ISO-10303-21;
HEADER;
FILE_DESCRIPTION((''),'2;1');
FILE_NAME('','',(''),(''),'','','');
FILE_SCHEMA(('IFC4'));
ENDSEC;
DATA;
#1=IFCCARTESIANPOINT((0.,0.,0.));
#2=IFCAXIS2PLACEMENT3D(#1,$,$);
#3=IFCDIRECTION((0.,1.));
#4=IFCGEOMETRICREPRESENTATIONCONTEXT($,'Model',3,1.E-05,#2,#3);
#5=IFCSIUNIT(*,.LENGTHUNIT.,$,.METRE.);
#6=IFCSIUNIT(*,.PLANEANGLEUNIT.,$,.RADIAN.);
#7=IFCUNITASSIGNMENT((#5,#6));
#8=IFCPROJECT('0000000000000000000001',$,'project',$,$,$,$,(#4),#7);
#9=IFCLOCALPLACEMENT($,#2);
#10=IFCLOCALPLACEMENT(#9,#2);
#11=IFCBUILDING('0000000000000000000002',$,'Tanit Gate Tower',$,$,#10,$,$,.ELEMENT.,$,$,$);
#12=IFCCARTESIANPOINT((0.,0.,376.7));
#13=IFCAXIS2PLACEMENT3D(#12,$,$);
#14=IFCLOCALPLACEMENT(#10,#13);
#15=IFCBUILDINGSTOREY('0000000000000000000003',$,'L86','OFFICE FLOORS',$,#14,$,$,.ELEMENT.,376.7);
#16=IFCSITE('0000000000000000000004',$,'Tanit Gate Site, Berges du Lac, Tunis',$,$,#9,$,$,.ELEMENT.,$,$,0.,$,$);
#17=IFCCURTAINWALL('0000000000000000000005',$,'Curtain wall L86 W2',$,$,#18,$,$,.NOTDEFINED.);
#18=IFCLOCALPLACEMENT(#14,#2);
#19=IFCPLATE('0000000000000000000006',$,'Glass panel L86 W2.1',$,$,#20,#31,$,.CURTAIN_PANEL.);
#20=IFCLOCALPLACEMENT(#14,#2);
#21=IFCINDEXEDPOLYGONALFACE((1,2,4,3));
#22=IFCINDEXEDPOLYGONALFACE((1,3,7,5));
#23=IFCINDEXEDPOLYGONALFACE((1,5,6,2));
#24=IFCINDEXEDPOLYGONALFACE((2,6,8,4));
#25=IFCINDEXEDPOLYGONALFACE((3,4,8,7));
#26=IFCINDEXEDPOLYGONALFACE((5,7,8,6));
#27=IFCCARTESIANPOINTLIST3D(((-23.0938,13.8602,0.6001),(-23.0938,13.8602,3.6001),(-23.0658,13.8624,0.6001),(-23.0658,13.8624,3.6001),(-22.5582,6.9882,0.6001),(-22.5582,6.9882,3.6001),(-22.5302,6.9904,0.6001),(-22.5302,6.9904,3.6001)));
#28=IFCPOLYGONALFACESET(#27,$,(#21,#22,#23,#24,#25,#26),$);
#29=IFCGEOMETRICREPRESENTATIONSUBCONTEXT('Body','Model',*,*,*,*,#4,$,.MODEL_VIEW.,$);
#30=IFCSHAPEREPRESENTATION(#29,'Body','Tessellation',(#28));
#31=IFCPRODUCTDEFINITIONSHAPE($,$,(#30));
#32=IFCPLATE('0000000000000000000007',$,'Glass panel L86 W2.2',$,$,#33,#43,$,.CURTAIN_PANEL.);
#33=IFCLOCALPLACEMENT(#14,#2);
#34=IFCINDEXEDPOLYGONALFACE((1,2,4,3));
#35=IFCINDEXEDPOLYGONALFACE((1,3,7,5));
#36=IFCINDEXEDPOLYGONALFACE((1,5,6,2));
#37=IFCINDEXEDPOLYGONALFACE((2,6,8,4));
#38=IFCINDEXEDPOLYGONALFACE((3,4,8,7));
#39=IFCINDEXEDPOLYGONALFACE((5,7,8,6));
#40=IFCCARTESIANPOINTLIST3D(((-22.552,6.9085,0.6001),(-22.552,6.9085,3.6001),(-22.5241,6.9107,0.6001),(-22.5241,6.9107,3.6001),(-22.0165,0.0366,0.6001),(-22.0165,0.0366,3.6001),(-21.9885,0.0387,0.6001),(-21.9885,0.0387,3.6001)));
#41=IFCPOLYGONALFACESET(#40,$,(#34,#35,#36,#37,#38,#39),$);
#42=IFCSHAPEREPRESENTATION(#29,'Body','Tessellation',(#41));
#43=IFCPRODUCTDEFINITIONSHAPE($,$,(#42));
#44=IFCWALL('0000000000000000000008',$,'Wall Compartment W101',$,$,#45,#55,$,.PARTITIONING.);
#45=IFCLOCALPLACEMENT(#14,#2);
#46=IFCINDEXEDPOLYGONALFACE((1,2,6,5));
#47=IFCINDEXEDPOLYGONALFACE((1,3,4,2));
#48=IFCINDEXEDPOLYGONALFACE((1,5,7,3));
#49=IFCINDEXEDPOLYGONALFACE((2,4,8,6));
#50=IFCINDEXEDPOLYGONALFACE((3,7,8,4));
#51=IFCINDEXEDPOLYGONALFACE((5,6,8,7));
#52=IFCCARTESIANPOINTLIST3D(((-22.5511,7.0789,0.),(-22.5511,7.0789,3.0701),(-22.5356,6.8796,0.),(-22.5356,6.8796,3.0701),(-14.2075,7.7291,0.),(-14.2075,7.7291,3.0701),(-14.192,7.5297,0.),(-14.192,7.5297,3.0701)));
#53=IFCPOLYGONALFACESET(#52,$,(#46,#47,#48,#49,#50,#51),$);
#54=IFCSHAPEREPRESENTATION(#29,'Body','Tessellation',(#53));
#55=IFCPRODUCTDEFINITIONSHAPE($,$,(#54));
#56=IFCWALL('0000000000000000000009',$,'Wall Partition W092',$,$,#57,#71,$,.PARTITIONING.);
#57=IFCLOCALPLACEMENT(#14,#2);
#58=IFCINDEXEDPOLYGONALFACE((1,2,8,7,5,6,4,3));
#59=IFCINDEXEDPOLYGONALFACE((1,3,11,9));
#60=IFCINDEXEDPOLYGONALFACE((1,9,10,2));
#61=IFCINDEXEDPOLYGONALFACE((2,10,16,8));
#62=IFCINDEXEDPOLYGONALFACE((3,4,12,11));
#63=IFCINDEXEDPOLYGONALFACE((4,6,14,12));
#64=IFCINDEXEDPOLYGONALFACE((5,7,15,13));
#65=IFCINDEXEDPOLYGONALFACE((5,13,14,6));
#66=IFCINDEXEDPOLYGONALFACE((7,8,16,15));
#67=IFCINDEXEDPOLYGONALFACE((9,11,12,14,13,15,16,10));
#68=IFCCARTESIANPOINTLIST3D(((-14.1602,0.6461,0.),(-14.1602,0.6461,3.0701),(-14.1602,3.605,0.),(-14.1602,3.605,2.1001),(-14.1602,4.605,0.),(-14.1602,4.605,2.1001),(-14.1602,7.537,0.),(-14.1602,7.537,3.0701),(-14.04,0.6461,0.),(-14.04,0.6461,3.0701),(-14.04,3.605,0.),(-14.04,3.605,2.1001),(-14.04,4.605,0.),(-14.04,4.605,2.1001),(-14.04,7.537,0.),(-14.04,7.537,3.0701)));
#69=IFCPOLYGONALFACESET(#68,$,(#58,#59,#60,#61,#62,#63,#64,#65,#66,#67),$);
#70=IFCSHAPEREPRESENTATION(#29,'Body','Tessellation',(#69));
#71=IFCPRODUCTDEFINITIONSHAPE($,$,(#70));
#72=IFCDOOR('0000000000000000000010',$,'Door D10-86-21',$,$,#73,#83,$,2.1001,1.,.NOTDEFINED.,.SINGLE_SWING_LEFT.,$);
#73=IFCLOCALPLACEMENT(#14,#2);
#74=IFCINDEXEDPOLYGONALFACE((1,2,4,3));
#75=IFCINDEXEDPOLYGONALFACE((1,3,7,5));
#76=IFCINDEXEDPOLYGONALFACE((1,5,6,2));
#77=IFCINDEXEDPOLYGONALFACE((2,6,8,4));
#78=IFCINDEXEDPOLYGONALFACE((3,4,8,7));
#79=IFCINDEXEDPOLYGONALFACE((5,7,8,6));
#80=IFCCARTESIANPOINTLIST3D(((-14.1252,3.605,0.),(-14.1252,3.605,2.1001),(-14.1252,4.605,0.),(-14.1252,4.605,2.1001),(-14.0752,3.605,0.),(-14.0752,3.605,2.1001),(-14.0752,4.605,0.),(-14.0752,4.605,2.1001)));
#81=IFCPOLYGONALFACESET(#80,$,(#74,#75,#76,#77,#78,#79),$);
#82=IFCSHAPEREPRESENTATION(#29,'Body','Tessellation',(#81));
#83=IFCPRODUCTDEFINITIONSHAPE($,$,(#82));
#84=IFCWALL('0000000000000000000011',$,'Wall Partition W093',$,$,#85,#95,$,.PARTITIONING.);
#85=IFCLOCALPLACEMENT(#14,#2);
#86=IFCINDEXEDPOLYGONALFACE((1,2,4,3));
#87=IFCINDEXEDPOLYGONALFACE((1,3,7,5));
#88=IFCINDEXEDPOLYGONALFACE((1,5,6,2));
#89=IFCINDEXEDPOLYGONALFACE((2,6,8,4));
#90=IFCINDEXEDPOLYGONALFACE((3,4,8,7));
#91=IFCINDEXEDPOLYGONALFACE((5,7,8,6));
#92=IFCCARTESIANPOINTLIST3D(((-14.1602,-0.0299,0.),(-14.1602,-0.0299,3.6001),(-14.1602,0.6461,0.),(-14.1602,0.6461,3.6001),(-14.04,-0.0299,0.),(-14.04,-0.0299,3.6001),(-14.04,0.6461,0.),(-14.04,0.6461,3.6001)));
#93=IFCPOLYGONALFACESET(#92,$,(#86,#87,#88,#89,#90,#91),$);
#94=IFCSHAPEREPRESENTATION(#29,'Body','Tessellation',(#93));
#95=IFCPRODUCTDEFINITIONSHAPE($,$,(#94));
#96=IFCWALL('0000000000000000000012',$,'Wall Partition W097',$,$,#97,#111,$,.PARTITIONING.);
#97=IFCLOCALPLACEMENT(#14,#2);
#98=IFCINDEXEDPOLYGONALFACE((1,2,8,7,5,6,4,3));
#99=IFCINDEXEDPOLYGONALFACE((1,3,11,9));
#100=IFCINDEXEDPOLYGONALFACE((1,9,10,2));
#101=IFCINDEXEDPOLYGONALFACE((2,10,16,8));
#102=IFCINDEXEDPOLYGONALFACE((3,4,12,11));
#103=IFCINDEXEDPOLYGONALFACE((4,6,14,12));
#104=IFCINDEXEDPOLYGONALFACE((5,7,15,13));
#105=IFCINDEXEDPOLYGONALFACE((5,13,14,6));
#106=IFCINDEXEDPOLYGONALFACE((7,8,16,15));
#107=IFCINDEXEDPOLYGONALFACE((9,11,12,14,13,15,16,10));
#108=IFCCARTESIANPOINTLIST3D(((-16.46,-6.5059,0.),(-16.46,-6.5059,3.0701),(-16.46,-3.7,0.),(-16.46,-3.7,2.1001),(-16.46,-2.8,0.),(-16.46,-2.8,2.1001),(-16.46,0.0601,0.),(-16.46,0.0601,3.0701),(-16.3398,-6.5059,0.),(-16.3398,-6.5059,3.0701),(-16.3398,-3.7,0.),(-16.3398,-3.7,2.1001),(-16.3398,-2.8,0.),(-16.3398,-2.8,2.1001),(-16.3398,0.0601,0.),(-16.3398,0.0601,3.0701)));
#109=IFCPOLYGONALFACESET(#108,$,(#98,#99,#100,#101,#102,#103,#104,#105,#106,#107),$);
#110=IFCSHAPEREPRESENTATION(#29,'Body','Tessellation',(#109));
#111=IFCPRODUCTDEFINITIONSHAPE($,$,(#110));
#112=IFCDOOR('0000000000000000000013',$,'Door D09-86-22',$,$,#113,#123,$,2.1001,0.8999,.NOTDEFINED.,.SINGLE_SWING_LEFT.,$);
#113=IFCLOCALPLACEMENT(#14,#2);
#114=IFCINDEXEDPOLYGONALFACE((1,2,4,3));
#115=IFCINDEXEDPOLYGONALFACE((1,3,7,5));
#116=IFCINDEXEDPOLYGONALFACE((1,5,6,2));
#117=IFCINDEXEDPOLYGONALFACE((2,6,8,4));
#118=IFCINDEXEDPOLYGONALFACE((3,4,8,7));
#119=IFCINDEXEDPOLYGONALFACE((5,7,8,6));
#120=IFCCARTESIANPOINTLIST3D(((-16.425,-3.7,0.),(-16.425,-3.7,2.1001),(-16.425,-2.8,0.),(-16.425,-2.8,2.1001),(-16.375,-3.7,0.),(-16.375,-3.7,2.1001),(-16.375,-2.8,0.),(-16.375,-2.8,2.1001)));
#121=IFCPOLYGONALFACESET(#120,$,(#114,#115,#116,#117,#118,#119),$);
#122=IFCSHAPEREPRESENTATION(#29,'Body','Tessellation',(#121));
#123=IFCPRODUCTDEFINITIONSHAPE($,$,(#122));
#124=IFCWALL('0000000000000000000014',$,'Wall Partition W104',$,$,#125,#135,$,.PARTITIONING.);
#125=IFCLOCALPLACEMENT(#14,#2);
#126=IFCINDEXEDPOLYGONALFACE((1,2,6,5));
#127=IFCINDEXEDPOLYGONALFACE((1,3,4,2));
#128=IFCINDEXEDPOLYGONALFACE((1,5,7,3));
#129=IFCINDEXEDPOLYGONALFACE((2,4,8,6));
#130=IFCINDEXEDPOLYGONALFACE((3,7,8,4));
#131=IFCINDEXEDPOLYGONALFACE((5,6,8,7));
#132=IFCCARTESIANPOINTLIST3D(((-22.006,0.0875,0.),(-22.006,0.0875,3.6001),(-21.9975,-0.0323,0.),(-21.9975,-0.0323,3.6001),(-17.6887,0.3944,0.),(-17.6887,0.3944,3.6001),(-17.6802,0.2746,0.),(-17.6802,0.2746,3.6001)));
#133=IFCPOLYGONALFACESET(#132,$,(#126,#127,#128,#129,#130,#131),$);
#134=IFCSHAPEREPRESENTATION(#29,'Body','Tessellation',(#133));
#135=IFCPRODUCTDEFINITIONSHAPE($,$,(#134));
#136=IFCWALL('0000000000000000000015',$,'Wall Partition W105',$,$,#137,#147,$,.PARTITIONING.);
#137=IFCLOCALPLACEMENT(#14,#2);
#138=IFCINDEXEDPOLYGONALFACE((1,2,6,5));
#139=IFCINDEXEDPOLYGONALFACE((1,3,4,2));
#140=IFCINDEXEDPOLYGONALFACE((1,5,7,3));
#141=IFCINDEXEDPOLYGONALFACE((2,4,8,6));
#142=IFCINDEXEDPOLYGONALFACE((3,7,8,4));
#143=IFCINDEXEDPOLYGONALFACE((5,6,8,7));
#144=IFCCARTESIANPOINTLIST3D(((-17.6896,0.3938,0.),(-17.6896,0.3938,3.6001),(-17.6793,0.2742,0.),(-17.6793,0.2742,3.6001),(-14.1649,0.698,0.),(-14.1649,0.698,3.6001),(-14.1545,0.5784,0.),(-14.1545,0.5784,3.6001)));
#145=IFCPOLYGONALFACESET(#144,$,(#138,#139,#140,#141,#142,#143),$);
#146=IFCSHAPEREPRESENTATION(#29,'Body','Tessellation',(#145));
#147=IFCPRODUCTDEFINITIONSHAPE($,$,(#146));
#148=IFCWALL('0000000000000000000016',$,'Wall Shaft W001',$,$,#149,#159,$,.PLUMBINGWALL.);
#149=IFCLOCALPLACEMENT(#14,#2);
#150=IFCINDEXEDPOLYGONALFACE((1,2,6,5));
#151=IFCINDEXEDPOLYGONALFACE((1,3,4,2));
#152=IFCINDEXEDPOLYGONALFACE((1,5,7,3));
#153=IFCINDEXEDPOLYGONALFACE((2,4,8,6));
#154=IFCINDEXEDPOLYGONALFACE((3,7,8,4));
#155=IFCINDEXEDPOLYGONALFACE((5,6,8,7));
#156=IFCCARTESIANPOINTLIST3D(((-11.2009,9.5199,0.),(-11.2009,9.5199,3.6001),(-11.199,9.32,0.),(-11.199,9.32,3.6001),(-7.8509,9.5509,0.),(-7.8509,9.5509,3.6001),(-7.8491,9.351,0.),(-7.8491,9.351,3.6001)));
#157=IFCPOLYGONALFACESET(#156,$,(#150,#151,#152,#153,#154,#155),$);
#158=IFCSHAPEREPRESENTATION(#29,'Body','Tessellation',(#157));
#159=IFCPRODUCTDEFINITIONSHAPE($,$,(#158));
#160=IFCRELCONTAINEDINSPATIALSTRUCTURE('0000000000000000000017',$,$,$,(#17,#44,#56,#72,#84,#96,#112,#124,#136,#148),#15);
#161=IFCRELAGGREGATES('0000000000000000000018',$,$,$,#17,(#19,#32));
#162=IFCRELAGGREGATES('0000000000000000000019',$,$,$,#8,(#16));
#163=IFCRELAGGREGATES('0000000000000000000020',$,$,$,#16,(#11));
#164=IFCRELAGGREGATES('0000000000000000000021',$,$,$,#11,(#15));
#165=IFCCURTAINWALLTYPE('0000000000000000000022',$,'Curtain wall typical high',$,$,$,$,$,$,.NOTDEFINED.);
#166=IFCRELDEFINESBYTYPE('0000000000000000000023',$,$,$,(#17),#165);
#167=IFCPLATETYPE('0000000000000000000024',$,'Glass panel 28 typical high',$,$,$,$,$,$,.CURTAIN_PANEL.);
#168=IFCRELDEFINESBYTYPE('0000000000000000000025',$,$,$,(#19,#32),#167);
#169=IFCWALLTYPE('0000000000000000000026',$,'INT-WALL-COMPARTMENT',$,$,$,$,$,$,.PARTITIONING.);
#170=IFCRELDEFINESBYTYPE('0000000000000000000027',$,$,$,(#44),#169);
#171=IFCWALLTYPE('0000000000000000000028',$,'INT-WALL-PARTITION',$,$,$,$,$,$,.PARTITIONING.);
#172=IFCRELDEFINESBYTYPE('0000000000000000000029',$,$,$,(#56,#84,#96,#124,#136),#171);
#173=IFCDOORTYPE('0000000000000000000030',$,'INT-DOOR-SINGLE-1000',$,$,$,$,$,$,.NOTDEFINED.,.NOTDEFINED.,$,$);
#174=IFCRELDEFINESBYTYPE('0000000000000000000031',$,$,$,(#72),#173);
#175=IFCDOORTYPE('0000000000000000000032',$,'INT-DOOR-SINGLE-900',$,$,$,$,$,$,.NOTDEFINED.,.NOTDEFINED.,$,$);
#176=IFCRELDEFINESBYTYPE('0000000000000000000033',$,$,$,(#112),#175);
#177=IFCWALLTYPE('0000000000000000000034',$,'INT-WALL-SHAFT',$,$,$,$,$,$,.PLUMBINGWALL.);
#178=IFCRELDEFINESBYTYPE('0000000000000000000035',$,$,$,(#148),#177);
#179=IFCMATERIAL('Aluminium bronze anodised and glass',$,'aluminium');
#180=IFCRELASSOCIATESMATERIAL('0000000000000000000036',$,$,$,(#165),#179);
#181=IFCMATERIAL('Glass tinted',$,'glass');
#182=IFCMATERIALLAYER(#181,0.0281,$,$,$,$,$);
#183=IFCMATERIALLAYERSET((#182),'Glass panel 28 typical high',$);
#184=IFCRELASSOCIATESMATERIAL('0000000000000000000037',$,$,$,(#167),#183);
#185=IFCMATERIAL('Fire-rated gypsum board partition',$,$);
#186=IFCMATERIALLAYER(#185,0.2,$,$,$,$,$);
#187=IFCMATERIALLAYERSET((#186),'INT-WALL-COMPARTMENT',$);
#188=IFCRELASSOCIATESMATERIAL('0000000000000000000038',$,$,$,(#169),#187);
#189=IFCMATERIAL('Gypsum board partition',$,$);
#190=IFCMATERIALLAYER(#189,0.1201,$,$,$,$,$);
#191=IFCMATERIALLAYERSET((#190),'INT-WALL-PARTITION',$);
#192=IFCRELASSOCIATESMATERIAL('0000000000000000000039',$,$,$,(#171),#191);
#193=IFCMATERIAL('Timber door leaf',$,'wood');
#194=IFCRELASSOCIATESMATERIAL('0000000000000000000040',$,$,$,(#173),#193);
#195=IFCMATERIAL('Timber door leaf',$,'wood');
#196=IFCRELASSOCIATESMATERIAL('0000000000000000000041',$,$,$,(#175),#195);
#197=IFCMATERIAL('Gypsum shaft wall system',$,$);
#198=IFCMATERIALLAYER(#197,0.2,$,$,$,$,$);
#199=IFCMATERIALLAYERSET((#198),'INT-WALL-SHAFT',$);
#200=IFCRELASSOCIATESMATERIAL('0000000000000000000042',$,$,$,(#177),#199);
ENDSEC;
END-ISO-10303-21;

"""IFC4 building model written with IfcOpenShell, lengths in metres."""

from ifc_helpers import new_model, si_unit, direction, frame, frame_2d, origin, origin_2d, place, context, subcontext, project, spatial, rectangle, extrude, material, layer, layer_set, type_object, element, fill, aggregate, save


model = new_model("IFC4")

# Units and contexts
model_context = context("Model", 3, precision=1e-05, world=origin(), true_north=direction((0.0, 1.0)))
body_context = subcontext(model_context, "Body", "Model", "MODEL_VIEW")
ifc_project = project(units=[si_unit("LENGTHUNIT", "METRE"), si_unit("PLANEANGLEUNIT", "RADIAN")], contexts=[model_context])

# Site, building, storey
site_placement = place(None, origin())
site = spatial("IfcSite", under=ifc_project, at=site_placement, Name="Tanit Gate Site, Berges du Lac, Tunis", CompositionType="ELEMENT", RefElevation=0.0)
building_placement = place(site_placement, origin())
building = spatial("IfcBuilding", under=site, at=building_placement, Name="Tanit Gate Tower", CompositionType="ELEMENT")
storey_placement = place(building_placement, frame((0.0, 0.0, 376.7)))
storey = spatial("IfcBuildingStorey", under=building, at=storey_placement, Name="L86", Description="OFFICE FLOORS", CompositionType="ELEMENT", Elevation=376.7)

# Curtain wall
ifc_material_1 = material(Name="Aluminium bronze anodised and glass", Category="aluminium")
curtain_wall_type = type_object("IfcCurtainWallType", Name="Curtain wall typical high", PredefinedType="NOTDEFINED", material=ifc_material_1)
curtain_wall_1_placement = place(storey_placement, origin())
curtain_wall_1 = element("IfcCurtainWall", 1, at=curtain_wall_1_placement, inside=storey, type_object=curtain_wall_type, Name="Curtain wall L86 W2", PredefinedType="NOTDEFINED")

# Plates
ifc_material_2 = material(Name="Glass tinted", Category="glass")
ifc_layer_1 = layer(ifc_material_2, 0.0281)
ifc_layer_set_1 = layer_set([ifc_layer_1], Name="Glass panel 28 typical high")
plate_type = type_object("IfcPlateType", Name="Glass panel 28 typical high", PredefinedType="CURTAIN_PANEL", material=ifc_layer_set_1)
plate_1_placement = place(storey_placement, frame((-22.812, 10.4253, 0.6001), z_axis=(0.0, 0.0, 1.0), x_axis=(0.077701, -0.996977, 0.0)))
plate_1 = element("IfcPlate", 2, at=plate_1_placement, type_object=plate_type, Name="Glass panel L86 W2.1", PredefinedType="CURTAIN_PANEL", context=body_context, shape_type="SweptSolid", body=[
    extrude(rectangle(XDim=6.8928, YDim=0.0281, at=origin_2d()), origin(), (0.0, 0.0, 1.0), 3.0),
])
plate_2_placement = place(storey_placement, frame((-22.2703, 3.4736, 0.6001), z_axis=(0.0, 0.0, 1.0), x_axis=(0.077701, -0.996977, 0.0)))
plate_2 = element("IfcPlate", 3, at=plate_2_placement, type_object=plate_type, Name="Glass panel L86 W2.2", PredefinedType="CURTAIN_PANEL", context=body_context, shape_type="SweptSolid", body=[
    extrude(rectangle(XDim=6.8928, YDim=0.0281, at=origin_2d()), origin(), (0.0, 0.0, 1.0), 3.0),
])
aggregate(curtain_wall_1, [plate_1, plate_2])

# Wall
ifc_material_3 = material(Name="Fire-rated gypsum board partition")
ifc_layer_2 = layer(ifc_material_3, 0.2)
ifc_layer_set_2 = layer_set([ifc_layer_2], Name="INT-WALL-COMPARTMENT")
wall_type_1 = type_object("IfcWallType", Name="INT-WALL-COMPARTMENT", PredefinedType="PARTITIONING", material=ifc_layer_set_2)
wall_1_placement = place(storey_placement, frame((-22.5435, 6.9792, 0.0), z_axis=(0.0, 0.0, 1.0), x_axis=(0.996978, 0.077687, 0.0)))
element("IfcWall", 4, at=wall_1_placement, inside=storey, type_object=wall_type_1, Name="Wall Compartment W101", PredefinedType="PARTITIONING", context=body_context, shape_type="SweptSolid", body=[
    extrude(rectangle(XDim=8.3689, YDim=0.2, at=frame_2d((4.1846, 0.0))), origin(), (0.0, 0.0, 1.0), 3.0701),
])

# Wall, opening, door
ifc_material_4 = material(Name="Gypsum board partition")
ifc_layer_3 = layer(ifc_material_4, 0.1201)
ifc_layer_set_3 = layer_set([ifc_layer_3], Name="INT-WALL-PARTITION")
wall_type_2 = type_object("IfcWallType", Name="INT-WALL-PARTITION", PredefinedType="PARTITIONING", material=ifc_layer_set_3)
wall_2_placement = place(storey_placement, frame((-14.1001, 7.5369, 0.0), z_axis=(0.0, 0.0, 1.0), x_axis=(0.0, -1.0, 0.0)))
wall_2 = element("IfcWall", 5, at=wall_2_placement, inside=storey, type_object=wall_type_2, Name="Wall Partition W092", PredefinedType="PARTITIONING", context=body_context, shape_type="SweptSolid", body=[
    extrude(rectangle(XDim=6.8909, YDim=0.1201, at=frame_2d((3.4453, 0.0))), origin(), (0.0, 0.0, 1.0), 3.0701),
])
opening_1_placement = place(wall_2_placement, frame((2.9319, 0.0, 0.0)))
opening_1 = element("IfcOpeningElement", 6, at=opening_1_placement, cuts=wall_2, PredefinedType="OPENING", context=body_context, shape_type="SweptSolid", body=[
    extrude(rectangle(XDim=1.0, YDim=2.1001, at=frame_2d((0.5, 1.05))), frame((0.0, 0.0701, 0.0), z_axis=(0.0, -1.0, 0.0), x_axis=(1.0, 0.0, 0.0)), (0.0, 0.0, 1.0), 0.1401),
])
ifc_material_5 = material(Name="Timber door leaf", Category="wood")
door_type_1 = type_object("IfcDoorType", Name="INT-DOOR-SINGLE-1000", OperationType="NOTDEFINED", PredefinedType="NOTDEFINED", material=ifc_material_5)
door_1_placement = place(opening_1_placement, origin())
door_1 = element("IfcDoor", 7, at=door_1_placement, inside=storey, type_object=door_type_1, Name="Door D10-86-21", OperationType="SINGLE_SWING_LEFT", OverallHeight=2.1001, OverallWidth=1.0, PredefinedType="NOTDEFINED", context=body_context, shape_type="SweptSolid", body=[
    extrude(rectangle(XDim=1.0, YDim=2.1001, at=frame_2d((0.5, 1.05))), frame((0.0, 0.0249, 0.0), z_axis=(0.0, -1.0, 0.0), x_axis=(1.0, 0.0, 0.0)), (0.0, 0.0, 1.0), 0.05),
])
fill(opening_1, door_1)

# Wall
wall_3_placement = place(storey_placement, frame((-14.1001, 0.646, 0.0), z_axis=(0.0, 0.0, 1.0), x_axis=(0.0, -1.0, 0.0)))
element("IfcWall", 8, at=wall_3_placement, inside=storey, type_object=wall_type_2, Name="Wall Partition W093", PredefinedType="PARTITIONING", context=body_context, shape_type="SweptSolid", body=[
    extrude(rectangle(XDim=0.676, YDim=0.1201, at=frame_2d((0.3379, 0.0))), origin(), (0.0, 0.0, 1.0), 3.6001),
])

# Wall, opening, door
wall_4_placement = place(storey_placement, frame((-16.3999, 0.0601, 0.0), z_axis=(0.0, 0.0, 1.0), x_axis=(0.0, -1.0, 0.0)))
wall_4 = element("IfcWall", 9, at=wall_4_placement, inside=storey, type_object=wall_type_2, Name="Wall Partition W097", PredefinedType="PARTITIONING", context=body_context, shape_type="SweptSolid", body=[
    extrude(rectangle(XDim=6.5659, YDim=0.1201, at=frame_2d((3.283, 0.0))), origin(), (0.0, 0.0, 1.0), 3.0701),
])
opening_2_placement = place(wall_4_placement, frame((2.8601, 0.0, 0.0)))
opening_2 = element("IfcOpeningElement", 10, at=opening_2_placement, cuts=wall_4, PredefinedType="OPENING", context=body_context, shape_type="SweptSolid", body=[
    extrude(rectangle(XDim=0.8999, YDim=2.1001, at=frame_2d((0.45, 1.05))), frame((0.0, 0.0701, 0.0), z_axis=(0.0, -1.0, 0.0), x_axis=(1.0, 0.0, 0.0)), (0.0, 0.0, 1.0), 0.1401),
])
ifc_material_6 = material(Name="Timber door leaf", Category="wood")
door_type_2 = type_object("IfcDoorType", Name="INT-DOOR-SINGLE-900", OperationType="NOTDEFINED", PredefinedType="NOTDEFINED", material=ifc_material_6)
door_2_placement = place(opening_2_placement, origin())
door_2 = element("IfcDoor", 11, at=door_2_placement, inside=storey, type_object=door_type_2, Name="Door D09-86-22", OperationType="SINGLE_SWING_LEFT", OverallHeight=2.1001, OverallWidth=0.8999, PredefinedType="NOTDEFINED", context=body_context, shape_type="SweptSolid", body=[
    extrude(rectangle(XDim=0.8999, YDim=2.1001, at=frame_2d((0.45, 1.05))), frame((0.0, 0.0249, 0.0), z_axis=(0.0, -1.0, 0.0), x_axis=(1.0, 0.0, 0.0)), (0.0, 0.0, 1.0), 0.05),
])
fill(opening_2, door_2)

# Walls
wall_5_placement = place(storey_placement, frame((-22.0017, 0.0276, 0.0), z_axis=(0.0, 0.0, 1.0), x_axis=(0.997483, 0.070906, 0.0)))
element("IfcWall", 12, at=wall_5_placement, inside=storey, type_object=wall_type_2, Name="Wall Partition W104", PredefinedType="PARTITIONING", context=body_context, shape_type="SweptSolid", body=[
    extrude(rectangle(XDim=4.3281, YDim=0.1201, at=frame_2d((2.1641, 0.0))), origin(), (0.0, 0.0, 1.0), 3.6001),
])
wall_6_placement = place(storey_placement, frame((-17.6846, 0.334, 0.0), z_axis=(0.0, 0.0, 1.0), x_axis=(0.996296, 0.085986, 0.0)))
element("IfcWall", 13, at=wall_6_placement, inside=storey, type_object=wall_type_2, Name="Wall Partition W105", PredefinedType="PARTITIONING", context=body_context, shape_type="SweptSolid", body=[
    extrude(rectangle(XDim=3.5378, YDim=0.1201, at=frame_2d((1.769, 0.0))), origin(), (0.0, 0.0, 1.0), 3.6001),
])
ifc_material_7 = material(Name="Gypsum shaft wall system")
ifc_layer_4 = layer(ifc_material_7, 0.2)
ifc_layer_set_4 = layer_set([ifc_layer_4], Name="INT-WALL-SHAFT")
wall_type_3 = type_object("IfcWallType", Name="INT-WALL-SHAFT", PredefinedType="PLUMBINGWALL", material=ifc_layer_set_4)
wall_7_placement = place(storey_placement, frame((-11.2, 9.4199, 0.0), z_axis=(0.0, 0.0, 1.0), x_axis=(0.999957, 0.009255, 0.0)))
element("IfcWall", 14, at=wall_7_placement, inside=storey, type_object=wall_type_3, Name="Wall Shaft W001", PredefinedType="PLUMBINGWALL", context=body_context, shape_type="SweptSolid", body=[
    extrude(rectangle(XDim=3.3501, YDim=0.2, at=frame_2d((1.675, 0.0))), origin(), (0.0, 0.0, 1.0), 3.6001),
])

save(model, "model.ifc")
